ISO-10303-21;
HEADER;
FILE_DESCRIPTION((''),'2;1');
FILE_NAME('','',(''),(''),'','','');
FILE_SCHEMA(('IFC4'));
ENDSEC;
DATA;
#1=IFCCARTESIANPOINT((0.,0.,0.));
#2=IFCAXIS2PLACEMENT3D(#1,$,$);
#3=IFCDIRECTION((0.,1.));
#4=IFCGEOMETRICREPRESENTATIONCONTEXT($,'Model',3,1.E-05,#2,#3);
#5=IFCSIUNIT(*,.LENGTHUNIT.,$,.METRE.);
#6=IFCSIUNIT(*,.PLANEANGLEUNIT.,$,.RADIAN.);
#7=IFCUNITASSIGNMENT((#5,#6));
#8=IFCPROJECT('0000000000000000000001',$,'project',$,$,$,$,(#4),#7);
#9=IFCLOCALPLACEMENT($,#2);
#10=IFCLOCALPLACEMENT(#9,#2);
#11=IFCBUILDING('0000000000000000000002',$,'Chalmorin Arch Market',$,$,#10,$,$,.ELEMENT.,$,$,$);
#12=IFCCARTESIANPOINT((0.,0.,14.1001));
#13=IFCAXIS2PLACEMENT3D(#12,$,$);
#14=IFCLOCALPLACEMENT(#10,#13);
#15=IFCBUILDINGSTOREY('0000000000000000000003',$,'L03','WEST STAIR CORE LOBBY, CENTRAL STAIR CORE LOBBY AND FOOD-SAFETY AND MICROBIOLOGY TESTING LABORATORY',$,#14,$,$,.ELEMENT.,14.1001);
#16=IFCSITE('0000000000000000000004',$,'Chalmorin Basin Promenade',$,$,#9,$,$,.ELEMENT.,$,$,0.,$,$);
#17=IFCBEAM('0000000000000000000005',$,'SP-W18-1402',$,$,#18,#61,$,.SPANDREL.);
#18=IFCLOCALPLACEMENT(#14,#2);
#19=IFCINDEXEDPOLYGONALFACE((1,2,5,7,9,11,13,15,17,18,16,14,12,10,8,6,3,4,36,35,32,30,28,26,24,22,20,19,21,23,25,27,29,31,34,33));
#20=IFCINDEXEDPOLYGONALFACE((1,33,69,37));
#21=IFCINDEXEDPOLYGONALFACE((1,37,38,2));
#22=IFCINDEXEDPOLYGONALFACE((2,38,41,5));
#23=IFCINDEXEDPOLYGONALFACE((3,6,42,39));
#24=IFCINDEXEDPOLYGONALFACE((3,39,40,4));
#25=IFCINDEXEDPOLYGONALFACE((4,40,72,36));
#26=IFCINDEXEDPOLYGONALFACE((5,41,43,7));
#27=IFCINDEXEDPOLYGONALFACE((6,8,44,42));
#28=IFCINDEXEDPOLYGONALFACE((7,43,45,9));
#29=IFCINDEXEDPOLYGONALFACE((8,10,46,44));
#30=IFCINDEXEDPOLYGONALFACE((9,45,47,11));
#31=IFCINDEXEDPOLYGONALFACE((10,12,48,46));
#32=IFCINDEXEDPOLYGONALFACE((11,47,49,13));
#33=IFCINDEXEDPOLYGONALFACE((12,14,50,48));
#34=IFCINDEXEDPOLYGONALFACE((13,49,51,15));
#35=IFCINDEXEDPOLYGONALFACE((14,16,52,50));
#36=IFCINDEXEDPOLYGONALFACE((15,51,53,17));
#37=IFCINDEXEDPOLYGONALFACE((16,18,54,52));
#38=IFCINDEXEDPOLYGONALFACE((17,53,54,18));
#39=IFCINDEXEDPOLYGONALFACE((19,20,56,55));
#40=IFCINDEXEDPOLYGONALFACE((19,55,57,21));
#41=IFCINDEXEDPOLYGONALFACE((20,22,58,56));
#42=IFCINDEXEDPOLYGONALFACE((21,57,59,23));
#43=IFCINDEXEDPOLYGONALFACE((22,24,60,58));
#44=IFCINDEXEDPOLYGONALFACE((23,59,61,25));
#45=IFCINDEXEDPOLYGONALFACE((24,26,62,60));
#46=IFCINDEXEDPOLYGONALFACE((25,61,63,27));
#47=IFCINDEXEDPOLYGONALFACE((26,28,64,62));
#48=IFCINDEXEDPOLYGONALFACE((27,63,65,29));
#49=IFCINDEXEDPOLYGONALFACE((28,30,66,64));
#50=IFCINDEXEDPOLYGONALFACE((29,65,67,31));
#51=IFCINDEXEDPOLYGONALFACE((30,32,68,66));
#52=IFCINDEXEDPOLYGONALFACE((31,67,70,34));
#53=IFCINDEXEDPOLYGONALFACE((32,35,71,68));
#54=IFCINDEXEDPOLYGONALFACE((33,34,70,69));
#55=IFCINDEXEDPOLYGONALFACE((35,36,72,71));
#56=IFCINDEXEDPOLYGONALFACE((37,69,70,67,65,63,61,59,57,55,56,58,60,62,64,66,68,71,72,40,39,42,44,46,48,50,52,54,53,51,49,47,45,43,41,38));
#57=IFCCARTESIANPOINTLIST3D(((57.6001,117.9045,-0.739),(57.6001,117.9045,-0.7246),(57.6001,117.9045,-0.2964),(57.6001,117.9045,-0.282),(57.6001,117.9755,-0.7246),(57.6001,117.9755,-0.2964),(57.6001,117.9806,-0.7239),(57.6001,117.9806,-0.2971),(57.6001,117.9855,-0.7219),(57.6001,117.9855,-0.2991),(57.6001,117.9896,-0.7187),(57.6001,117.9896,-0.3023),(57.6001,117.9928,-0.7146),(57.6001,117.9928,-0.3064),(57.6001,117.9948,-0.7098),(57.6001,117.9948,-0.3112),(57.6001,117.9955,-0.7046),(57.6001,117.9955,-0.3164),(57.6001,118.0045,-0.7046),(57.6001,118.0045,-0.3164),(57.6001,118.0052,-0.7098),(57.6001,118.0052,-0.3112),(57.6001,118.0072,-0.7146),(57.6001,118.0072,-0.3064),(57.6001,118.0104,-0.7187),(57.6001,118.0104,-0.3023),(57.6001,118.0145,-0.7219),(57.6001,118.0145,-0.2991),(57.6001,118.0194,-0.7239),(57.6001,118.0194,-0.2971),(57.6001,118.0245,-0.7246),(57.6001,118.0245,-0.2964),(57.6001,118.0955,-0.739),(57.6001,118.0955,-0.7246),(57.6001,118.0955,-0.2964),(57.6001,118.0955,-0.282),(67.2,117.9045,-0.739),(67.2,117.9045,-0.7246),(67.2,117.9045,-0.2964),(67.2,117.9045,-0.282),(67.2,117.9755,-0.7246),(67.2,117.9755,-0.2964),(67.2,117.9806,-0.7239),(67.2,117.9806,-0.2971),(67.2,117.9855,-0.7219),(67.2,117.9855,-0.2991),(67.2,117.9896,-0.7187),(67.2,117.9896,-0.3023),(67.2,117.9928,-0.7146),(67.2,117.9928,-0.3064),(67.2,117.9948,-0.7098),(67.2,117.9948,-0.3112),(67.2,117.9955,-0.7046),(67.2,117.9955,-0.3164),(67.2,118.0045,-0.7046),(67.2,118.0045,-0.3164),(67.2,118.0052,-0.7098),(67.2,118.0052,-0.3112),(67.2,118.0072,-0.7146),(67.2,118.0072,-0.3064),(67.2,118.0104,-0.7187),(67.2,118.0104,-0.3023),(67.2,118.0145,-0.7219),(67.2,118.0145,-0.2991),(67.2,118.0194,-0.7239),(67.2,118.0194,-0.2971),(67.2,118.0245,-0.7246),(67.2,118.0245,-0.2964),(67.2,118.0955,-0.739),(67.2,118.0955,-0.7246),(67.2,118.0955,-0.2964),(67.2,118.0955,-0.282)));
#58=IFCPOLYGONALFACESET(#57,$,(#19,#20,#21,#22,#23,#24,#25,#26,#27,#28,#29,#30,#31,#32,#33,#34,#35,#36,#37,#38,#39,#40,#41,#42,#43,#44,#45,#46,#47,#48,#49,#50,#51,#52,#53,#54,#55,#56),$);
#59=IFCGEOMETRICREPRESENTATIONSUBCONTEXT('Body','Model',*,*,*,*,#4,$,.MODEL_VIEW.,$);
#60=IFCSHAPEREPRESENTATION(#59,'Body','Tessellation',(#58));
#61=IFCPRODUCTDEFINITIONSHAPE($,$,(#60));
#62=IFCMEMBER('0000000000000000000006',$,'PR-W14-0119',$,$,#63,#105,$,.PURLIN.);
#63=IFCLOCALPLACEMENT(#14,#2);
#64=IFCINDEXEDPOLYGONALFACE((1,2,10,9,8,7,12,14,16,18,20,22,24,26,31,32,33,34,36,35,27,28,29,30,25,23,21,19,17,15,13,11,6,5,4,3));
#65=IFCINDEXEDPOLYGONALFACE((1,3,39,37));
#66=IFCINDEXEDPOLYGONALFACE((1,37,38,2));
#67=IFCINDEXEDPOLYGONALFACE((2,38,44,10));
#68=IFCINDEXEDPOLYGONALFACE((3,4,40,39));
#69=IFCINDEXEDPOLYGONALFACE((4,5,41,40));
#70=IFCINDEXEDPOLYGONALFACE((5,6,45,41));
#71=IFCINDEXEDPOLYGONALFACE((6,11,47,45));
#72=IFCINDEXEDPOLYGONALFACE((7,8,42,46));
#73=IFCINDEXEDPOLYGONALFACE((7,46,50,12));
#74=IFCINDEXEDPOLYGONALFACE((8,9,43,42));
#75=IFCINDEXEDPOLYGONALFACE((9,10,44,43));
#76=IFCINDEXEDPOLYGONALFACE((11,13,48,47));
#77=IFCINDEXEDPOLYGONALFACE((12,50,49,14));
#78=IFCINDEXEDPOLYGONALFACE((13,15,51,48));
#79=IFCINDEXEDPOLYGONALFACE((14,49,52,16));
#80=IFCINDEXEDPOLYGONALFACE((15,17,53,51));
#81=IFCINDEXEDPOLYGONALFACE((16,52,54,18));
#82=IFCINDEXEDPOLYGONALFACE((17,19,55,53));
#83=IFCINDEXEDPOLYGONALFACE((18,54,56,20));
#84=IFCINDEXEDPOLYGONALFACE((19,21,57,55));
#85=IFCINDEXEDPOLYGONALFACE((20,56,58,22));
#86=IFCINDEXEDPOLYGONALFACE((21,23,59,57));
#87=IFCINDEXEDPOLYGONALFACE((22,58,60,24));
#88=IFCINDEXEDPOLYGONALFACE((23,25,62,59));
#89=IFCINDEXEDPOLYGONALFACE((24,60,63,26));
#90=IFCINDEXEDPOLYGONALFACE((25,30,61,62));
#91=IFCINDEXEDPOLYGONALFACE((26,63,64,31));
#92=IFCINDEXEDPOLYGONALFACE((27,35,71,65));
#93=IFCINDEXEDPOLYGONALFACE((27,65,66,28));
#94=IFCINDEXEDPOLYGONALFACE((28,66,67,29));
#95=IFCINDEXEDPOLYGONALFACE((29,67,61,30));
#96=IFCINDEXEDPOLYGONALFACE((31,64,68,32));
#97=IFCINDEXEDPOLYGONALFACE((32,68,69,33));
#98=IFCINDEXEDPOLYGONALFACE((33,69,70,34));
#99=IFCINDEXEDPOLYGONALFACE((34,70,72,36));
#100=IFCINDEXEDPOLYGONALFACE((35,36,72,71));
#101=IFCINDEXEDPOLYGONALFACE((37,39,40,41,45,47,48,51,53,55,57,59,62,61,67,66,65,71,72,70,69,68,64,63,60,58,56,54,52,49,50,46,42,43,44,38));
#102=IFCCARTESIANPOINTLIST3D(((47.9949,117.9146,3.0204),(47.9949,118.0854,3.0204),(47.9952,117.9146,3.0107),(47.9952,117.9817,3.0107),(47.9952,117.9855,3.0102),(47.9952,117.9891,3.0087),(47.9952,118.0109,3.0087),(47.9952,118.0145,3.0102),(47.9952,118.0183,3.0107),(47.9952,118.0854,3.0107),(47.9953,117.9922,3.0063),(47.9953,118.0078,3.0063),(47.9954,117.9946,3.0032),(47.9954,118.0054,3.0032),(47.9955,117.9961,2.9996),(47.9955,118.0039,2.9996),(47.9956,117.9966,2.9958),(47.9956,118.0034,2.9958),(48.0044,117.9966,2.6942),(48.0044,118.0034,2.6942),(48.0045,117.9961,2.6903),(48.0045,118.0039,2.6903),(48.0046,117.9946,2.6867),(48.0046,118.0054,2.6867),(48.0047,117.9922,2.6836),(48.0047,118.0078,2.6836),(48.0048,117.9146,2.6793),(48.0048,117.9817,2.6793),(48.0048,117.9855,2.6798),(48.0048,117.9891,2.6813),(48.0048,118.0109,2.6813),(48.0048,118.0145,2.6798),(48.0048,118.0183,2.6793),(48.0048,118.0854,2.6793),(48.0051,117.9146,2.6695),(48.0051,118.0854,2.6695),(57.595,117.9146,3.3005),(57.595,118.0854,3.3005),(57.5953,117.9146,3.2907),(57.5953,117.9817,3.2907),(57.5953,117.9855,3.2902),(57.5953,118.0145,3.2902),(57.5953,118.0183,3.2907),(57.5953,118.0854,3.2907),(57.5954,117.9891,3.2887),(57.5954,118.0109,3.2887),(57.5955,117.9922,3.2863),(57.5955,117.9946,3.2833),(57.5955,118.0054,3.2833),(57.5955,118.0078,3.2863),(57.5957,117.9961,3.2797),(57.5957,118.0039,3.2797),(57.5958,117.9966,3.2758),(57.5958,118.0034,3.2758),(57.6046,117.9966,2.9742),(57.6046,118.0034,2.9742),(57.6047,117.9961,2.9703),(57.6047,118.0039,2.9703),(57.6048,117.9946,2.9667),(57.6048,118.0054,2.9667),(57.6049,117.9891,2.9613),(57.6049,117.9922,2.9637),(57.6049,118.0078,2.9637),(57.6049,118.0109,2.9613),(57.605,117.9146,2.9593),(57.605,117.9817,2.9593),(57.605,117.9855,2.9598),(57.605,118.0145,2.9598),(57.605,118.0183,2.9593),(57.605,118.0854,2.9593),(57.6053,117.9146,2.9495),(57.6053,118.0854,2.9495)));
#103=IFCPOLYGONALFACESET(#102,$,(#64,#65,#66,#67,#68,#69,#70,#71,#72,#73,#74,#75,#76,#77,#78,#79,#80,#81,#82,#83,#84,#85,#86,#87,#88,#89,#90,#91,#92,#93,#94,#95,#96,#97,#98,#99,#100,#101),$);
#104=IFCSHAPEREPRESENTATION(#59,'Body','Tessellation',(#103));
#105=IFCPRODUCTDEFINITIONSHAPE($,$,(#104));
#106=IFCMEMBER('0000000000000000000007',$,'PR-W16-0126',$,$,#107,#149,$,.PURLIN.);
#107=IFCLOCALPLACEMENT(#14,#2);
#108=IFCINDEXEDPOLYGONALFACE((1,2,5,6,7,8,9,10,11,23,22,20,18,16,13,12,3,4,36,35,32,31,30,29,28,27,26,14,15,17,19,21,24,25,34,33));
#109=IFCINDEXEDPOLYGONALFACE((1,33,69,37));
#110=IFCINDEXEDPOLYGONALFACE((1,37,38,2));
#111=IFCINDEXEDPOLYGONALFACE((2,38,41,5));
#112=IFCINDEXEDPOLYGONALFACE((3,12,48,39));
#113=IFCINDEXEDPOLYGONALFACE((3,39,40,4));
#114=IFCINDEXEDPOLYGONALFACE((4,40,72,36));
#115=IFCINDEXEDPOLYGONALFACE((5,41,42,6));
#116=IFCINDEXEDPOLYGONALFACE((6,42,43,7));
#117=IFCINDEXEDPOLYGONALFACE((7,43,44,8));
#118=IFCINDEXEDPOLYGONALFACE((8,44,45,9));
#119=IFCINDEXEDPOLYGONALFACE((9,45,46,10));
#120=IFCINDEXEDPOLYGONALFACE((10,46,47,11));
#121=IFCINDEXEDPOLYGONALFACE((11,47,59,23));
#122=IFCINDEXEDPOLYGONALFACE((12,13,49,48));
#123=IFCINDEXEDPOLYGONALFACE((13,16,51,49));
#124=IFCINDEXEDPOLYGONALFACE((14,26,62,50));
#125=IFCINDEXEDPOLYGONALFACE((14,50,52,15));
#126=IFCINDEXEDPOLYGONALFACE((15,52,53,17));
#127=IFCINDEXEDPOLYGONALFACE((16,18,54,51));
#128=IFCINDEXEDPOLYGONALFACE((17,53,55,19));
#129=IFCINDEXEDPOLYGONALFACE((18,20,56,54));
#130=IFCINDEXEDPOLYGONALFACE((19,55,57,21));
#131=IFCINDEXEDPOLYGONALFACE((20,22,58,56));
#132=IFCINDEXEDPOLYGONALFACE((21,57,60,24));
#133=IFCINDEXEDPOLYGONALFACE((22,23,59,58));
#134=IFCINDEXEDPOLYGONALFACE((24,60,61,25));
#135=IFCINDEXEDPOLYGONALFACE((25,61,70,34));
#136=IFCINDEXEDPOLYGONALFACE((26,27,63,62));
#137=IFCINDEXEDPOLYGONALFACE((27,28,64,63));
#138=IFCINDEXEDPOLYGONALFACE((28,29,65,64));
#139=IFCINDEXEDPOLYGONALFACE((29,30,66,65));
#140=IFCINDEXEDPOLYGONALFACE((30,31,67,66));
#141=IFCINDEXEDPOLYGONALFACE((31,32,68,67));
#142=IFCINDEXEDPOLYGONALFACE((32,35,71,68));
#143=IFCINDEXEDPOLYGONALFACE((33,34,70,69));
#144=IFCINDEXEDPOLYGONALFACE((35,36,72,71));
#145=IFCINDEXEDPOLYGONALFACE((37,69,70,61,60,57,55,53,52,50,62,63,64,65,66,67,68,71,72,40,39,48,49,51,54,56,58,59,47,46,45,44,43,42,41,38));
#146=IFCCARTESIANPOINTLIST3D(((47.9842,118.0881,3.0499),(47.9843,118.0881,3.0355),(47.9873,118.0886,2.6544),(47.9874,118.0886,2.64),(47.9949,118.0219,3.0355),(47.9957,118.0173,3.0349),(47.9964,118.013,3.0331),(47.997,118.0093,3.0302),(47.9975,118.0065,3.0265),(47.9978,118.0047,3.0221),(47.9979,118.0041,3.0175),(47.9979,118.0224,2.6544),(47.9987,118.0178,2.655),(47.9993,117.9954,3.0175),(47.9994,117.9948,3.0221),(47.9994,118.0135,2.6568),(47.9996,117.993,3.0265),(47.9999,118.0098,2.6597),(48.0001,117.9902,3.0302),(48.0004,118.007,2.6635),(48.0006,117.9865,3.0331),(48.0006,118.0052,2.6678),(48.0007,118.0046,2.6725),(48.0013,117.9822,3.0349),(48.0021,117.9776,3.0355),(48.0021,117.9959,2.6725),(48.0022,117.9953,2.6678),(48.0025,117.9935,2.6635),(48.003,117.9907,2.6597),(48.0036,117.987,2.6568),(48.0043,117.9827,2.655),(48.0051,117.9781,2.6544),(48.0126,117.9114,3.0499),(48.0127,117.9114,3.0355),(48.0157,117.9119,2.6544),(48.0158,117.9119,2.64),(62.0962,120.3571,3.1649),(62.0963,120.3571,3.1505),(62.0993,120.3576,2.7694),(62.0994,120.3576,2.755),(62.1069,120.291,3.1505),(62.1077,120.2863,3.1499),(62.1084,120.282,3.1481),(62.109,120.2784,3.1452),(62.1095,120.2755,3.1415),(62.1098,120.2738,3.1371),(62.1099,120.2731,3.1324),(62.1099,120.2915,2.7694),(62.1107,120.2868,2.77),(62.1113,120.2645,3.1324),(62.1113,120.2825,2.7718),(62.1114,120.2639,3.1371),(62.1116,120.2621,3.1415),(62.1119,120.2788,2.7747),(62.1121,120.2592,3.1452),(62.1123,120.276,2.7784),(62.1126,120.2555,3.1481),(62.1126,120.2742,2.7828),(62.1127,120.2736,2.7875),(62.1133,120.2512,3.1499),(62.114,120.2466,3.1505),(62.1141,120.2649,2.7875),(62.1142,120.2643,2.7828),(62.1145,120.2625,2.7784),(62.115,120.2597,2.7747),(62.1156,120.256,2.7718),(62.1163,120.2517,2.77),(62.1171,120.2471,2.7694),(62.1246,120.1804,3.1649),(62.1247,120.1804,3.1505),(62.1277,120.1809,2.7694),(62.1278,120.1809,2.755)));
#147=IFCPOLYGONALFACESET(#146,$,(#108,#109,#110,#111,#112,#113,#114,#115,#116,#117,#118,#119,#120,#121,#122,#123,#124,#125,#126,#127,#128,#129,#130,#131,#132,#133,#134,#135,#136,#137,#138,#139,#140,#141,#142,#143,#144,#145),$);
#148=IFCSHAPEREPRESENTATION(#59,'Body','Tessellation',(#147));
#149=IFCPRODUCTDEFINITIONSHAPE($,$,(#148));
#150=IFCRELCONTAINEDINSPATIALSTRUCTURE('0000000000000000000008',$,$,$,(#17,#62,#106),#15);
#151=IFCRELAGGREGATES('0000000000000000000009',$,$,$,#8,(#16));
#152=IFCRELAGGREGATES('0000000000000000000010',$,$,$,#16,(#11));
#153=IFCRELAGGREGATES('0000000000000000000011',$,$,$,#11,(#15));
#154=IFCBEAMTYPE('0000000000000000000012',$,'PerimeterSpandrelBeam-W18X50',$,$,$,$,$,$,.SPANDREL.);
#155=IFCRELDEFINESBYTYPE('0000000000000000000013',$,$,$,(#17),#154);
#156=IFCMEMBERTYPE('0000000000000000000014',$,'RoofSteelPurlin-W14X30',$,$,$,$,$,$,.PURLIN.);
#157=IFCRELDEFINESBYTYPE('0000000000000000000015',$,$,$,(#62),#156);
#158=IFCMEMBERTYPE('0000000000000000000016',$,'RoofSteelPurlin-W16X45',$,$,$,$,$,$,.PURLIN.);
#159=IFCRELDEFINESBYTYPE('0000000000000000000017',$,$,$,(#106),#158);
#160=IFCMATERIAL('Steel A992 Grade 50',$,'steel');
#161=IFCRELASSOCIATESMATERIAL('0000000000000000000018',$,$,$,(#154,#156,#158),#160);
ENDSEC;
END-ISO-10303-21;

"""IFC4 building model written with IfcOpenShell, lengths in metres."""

from ifc_helpers import new_model, si_unit, direction, frame, origin, origin_2d, place, context, subcontext, project, spatial, i_section, extrude, material, material_profile, profile_set, type_object, element, save


model = new_model("IFC4")

# Units and contexts
model_context = context("Model", 3, precision=1e-05, world=origin(), true_north=direction((0.0, 1.0)))
body_context = subcontext(model_context, "Body", "Model", "MODEL_VIEW")
ifc_project = project(units=[si_unit("LENGTHUNIT", "METRE"), si_unit("PLANEANGLEUNIT", "RADIAN")], contexts=[model_context])

# Site, building, storey
site_placement = place(None, origin())
site = spatial("IfcSite", under=ifc_project, at=site_placement, Name="Chalmorin Basin Promenade", CompositionType="ELEMENT", RefElevation=0.0)
building_placement = place(site_placement, origin())
building = spatial("IfcBuilding", under=site, at=building_placement, Name="Chalmorin Arch Market", CompositionType="ELEMENT")
storey_placement = place(building_placement, frame((0.0, 0.0, 14.1001)))
storey = spatial("IfcBuildingStorey", under=building, at=storey_placement, Name="L03", Description="WEST STAIR CORE LOBBY, CENTRAL STAIR CORE LOBBY AND FOOD-SAFETY AND MICROBIOLOGY TESTING LABORATORY", CompositionType="ELEMENT", Elevation=14.1001)

# Beam
ifc_material_1 = material(Name="Steel A992 Grade 50", Category="steel")
ifc_material_profile_1 = material_profile(ifc_material_1, i_section(OverallWidth=0.1909, OverallDepth=0.457, WebThickness=0.009, FlangeThickness=0.0144, FilletRadius=0.02, at=origin_2d()), Name="W18X50")
ifc_profile_set_1 = profile_set([ifc_material_profile_1], Name="Steel A992 Grade 50")
beam_type_1 = type_object("IfcBeamType", Name="PerimeterSpandrelBeam-W18X50", PredefinedType="SPANDREL", material=ifc_profile_set_1)
beam_1_placement = place(storey_placement, frame((57.6001, 118.0, -0.5105), z_axis=(1.0, 0.0, 0.0), x_axis=(0.0, 1.0, 0.0)))
element("IfcBeam", 1, at=beam_1_placement, inside=storey, type_object=beam_type_1, Name="SP-W18-1402", PredefinedType="SPANDREL", context=body_context, shape_type="SweptSolid", body=[
    extrude(i_section(OverallWidth=0.1909, OverallDepth=0.457, WebThickness=0.009, FlangeThickness=0.0144, FilletRadius=0.02, at=origin_2d()), origin(), (0.0, 0.0, 1.0), 9.5999),
])

# Members
ifc_material_profile_2 = material_profile(ifc_material_1, i_section(OverallWidth=0.1709, OverallDepth=0.3511, WebThickness=0.0068, FlangeThickness=0.0098, FilletRadius=0.0149, at=origin_2d()), Name="W14X30")
ifc_profile_set_2 = profile_set([ifc_material_profile_2], Name="Steel A992 Grade 50")
member_type_1 = type_object("IfcMemberType", Name="RoofSteelPurlin-W14X30", PredefinedType="PURLIN", material=ifc_profile_set_2)
member_1_placement = place(storey_placement, frame((48.0, 118.0, 2.845), z_axis=(0.999575, 0.0, 0.029157), x_axis=(0.0, 1.0, 0.0)))
element("IfcMember", 2, at=member_1_placement, inside=storey, type_object=member_type_1, Name="PR-W14-0119", PredefinedType="PURLIN", context=body_context, shape_type="SweptSolid", body=[
    extrude(i_section(OverallWidth=0.1709, OverallDepth=0.3511, WebThickness=0.0068, FlangeThickness=0.0098, FilletRadius=0.0149, at=origin_2d()), origin(), (0.0, 0.0, 1.0), 9.6042),
])
ifc_material_profile_3 = material_profile(ifc_material_1, i_section(OverallWidth=0.179, OverallDepth=0.4099, WebThickness=0.0088, FlangeThickness=0.0144, FilletRadius=0.0181, at=origin_2d()), Name="W16X45")
ifc_profile_set_3 = profile_set([ifc_material_profile_3], Name="Steel A992 Grade 50")
member_type_2 = type_object("IfcMemberType", Name="RoofSteelPurlin-W16X45", PredefinedType="PURLIN", material=ifc_profile_set_3)
member_2_placement = place(storey_placement, frame((48.0, 118.0, 2.845), z_axis=(0.987287, 0.158743, 0.008045), x_axis=(-0.158749, 0.987319, 0.0)))
element("IfcMember", 3, at=member_2_placement, inside=storey, type_object=member_type_2, Name="PR-W16-0126", PredefinedType="PURLIN", context=body_context, shape_type="SweptSolid", body=[
    extrude(i_section(OverallWidth=0.179, OverallDepth=0.4099, WebThickness=0.0088, FlangeThickness=0.0144, FilletRadius=0.0181, at=origin_2d()), origin(), (0.0, 0.0, 1.0), 14.2937),
])

save(model, "model.ifc")
